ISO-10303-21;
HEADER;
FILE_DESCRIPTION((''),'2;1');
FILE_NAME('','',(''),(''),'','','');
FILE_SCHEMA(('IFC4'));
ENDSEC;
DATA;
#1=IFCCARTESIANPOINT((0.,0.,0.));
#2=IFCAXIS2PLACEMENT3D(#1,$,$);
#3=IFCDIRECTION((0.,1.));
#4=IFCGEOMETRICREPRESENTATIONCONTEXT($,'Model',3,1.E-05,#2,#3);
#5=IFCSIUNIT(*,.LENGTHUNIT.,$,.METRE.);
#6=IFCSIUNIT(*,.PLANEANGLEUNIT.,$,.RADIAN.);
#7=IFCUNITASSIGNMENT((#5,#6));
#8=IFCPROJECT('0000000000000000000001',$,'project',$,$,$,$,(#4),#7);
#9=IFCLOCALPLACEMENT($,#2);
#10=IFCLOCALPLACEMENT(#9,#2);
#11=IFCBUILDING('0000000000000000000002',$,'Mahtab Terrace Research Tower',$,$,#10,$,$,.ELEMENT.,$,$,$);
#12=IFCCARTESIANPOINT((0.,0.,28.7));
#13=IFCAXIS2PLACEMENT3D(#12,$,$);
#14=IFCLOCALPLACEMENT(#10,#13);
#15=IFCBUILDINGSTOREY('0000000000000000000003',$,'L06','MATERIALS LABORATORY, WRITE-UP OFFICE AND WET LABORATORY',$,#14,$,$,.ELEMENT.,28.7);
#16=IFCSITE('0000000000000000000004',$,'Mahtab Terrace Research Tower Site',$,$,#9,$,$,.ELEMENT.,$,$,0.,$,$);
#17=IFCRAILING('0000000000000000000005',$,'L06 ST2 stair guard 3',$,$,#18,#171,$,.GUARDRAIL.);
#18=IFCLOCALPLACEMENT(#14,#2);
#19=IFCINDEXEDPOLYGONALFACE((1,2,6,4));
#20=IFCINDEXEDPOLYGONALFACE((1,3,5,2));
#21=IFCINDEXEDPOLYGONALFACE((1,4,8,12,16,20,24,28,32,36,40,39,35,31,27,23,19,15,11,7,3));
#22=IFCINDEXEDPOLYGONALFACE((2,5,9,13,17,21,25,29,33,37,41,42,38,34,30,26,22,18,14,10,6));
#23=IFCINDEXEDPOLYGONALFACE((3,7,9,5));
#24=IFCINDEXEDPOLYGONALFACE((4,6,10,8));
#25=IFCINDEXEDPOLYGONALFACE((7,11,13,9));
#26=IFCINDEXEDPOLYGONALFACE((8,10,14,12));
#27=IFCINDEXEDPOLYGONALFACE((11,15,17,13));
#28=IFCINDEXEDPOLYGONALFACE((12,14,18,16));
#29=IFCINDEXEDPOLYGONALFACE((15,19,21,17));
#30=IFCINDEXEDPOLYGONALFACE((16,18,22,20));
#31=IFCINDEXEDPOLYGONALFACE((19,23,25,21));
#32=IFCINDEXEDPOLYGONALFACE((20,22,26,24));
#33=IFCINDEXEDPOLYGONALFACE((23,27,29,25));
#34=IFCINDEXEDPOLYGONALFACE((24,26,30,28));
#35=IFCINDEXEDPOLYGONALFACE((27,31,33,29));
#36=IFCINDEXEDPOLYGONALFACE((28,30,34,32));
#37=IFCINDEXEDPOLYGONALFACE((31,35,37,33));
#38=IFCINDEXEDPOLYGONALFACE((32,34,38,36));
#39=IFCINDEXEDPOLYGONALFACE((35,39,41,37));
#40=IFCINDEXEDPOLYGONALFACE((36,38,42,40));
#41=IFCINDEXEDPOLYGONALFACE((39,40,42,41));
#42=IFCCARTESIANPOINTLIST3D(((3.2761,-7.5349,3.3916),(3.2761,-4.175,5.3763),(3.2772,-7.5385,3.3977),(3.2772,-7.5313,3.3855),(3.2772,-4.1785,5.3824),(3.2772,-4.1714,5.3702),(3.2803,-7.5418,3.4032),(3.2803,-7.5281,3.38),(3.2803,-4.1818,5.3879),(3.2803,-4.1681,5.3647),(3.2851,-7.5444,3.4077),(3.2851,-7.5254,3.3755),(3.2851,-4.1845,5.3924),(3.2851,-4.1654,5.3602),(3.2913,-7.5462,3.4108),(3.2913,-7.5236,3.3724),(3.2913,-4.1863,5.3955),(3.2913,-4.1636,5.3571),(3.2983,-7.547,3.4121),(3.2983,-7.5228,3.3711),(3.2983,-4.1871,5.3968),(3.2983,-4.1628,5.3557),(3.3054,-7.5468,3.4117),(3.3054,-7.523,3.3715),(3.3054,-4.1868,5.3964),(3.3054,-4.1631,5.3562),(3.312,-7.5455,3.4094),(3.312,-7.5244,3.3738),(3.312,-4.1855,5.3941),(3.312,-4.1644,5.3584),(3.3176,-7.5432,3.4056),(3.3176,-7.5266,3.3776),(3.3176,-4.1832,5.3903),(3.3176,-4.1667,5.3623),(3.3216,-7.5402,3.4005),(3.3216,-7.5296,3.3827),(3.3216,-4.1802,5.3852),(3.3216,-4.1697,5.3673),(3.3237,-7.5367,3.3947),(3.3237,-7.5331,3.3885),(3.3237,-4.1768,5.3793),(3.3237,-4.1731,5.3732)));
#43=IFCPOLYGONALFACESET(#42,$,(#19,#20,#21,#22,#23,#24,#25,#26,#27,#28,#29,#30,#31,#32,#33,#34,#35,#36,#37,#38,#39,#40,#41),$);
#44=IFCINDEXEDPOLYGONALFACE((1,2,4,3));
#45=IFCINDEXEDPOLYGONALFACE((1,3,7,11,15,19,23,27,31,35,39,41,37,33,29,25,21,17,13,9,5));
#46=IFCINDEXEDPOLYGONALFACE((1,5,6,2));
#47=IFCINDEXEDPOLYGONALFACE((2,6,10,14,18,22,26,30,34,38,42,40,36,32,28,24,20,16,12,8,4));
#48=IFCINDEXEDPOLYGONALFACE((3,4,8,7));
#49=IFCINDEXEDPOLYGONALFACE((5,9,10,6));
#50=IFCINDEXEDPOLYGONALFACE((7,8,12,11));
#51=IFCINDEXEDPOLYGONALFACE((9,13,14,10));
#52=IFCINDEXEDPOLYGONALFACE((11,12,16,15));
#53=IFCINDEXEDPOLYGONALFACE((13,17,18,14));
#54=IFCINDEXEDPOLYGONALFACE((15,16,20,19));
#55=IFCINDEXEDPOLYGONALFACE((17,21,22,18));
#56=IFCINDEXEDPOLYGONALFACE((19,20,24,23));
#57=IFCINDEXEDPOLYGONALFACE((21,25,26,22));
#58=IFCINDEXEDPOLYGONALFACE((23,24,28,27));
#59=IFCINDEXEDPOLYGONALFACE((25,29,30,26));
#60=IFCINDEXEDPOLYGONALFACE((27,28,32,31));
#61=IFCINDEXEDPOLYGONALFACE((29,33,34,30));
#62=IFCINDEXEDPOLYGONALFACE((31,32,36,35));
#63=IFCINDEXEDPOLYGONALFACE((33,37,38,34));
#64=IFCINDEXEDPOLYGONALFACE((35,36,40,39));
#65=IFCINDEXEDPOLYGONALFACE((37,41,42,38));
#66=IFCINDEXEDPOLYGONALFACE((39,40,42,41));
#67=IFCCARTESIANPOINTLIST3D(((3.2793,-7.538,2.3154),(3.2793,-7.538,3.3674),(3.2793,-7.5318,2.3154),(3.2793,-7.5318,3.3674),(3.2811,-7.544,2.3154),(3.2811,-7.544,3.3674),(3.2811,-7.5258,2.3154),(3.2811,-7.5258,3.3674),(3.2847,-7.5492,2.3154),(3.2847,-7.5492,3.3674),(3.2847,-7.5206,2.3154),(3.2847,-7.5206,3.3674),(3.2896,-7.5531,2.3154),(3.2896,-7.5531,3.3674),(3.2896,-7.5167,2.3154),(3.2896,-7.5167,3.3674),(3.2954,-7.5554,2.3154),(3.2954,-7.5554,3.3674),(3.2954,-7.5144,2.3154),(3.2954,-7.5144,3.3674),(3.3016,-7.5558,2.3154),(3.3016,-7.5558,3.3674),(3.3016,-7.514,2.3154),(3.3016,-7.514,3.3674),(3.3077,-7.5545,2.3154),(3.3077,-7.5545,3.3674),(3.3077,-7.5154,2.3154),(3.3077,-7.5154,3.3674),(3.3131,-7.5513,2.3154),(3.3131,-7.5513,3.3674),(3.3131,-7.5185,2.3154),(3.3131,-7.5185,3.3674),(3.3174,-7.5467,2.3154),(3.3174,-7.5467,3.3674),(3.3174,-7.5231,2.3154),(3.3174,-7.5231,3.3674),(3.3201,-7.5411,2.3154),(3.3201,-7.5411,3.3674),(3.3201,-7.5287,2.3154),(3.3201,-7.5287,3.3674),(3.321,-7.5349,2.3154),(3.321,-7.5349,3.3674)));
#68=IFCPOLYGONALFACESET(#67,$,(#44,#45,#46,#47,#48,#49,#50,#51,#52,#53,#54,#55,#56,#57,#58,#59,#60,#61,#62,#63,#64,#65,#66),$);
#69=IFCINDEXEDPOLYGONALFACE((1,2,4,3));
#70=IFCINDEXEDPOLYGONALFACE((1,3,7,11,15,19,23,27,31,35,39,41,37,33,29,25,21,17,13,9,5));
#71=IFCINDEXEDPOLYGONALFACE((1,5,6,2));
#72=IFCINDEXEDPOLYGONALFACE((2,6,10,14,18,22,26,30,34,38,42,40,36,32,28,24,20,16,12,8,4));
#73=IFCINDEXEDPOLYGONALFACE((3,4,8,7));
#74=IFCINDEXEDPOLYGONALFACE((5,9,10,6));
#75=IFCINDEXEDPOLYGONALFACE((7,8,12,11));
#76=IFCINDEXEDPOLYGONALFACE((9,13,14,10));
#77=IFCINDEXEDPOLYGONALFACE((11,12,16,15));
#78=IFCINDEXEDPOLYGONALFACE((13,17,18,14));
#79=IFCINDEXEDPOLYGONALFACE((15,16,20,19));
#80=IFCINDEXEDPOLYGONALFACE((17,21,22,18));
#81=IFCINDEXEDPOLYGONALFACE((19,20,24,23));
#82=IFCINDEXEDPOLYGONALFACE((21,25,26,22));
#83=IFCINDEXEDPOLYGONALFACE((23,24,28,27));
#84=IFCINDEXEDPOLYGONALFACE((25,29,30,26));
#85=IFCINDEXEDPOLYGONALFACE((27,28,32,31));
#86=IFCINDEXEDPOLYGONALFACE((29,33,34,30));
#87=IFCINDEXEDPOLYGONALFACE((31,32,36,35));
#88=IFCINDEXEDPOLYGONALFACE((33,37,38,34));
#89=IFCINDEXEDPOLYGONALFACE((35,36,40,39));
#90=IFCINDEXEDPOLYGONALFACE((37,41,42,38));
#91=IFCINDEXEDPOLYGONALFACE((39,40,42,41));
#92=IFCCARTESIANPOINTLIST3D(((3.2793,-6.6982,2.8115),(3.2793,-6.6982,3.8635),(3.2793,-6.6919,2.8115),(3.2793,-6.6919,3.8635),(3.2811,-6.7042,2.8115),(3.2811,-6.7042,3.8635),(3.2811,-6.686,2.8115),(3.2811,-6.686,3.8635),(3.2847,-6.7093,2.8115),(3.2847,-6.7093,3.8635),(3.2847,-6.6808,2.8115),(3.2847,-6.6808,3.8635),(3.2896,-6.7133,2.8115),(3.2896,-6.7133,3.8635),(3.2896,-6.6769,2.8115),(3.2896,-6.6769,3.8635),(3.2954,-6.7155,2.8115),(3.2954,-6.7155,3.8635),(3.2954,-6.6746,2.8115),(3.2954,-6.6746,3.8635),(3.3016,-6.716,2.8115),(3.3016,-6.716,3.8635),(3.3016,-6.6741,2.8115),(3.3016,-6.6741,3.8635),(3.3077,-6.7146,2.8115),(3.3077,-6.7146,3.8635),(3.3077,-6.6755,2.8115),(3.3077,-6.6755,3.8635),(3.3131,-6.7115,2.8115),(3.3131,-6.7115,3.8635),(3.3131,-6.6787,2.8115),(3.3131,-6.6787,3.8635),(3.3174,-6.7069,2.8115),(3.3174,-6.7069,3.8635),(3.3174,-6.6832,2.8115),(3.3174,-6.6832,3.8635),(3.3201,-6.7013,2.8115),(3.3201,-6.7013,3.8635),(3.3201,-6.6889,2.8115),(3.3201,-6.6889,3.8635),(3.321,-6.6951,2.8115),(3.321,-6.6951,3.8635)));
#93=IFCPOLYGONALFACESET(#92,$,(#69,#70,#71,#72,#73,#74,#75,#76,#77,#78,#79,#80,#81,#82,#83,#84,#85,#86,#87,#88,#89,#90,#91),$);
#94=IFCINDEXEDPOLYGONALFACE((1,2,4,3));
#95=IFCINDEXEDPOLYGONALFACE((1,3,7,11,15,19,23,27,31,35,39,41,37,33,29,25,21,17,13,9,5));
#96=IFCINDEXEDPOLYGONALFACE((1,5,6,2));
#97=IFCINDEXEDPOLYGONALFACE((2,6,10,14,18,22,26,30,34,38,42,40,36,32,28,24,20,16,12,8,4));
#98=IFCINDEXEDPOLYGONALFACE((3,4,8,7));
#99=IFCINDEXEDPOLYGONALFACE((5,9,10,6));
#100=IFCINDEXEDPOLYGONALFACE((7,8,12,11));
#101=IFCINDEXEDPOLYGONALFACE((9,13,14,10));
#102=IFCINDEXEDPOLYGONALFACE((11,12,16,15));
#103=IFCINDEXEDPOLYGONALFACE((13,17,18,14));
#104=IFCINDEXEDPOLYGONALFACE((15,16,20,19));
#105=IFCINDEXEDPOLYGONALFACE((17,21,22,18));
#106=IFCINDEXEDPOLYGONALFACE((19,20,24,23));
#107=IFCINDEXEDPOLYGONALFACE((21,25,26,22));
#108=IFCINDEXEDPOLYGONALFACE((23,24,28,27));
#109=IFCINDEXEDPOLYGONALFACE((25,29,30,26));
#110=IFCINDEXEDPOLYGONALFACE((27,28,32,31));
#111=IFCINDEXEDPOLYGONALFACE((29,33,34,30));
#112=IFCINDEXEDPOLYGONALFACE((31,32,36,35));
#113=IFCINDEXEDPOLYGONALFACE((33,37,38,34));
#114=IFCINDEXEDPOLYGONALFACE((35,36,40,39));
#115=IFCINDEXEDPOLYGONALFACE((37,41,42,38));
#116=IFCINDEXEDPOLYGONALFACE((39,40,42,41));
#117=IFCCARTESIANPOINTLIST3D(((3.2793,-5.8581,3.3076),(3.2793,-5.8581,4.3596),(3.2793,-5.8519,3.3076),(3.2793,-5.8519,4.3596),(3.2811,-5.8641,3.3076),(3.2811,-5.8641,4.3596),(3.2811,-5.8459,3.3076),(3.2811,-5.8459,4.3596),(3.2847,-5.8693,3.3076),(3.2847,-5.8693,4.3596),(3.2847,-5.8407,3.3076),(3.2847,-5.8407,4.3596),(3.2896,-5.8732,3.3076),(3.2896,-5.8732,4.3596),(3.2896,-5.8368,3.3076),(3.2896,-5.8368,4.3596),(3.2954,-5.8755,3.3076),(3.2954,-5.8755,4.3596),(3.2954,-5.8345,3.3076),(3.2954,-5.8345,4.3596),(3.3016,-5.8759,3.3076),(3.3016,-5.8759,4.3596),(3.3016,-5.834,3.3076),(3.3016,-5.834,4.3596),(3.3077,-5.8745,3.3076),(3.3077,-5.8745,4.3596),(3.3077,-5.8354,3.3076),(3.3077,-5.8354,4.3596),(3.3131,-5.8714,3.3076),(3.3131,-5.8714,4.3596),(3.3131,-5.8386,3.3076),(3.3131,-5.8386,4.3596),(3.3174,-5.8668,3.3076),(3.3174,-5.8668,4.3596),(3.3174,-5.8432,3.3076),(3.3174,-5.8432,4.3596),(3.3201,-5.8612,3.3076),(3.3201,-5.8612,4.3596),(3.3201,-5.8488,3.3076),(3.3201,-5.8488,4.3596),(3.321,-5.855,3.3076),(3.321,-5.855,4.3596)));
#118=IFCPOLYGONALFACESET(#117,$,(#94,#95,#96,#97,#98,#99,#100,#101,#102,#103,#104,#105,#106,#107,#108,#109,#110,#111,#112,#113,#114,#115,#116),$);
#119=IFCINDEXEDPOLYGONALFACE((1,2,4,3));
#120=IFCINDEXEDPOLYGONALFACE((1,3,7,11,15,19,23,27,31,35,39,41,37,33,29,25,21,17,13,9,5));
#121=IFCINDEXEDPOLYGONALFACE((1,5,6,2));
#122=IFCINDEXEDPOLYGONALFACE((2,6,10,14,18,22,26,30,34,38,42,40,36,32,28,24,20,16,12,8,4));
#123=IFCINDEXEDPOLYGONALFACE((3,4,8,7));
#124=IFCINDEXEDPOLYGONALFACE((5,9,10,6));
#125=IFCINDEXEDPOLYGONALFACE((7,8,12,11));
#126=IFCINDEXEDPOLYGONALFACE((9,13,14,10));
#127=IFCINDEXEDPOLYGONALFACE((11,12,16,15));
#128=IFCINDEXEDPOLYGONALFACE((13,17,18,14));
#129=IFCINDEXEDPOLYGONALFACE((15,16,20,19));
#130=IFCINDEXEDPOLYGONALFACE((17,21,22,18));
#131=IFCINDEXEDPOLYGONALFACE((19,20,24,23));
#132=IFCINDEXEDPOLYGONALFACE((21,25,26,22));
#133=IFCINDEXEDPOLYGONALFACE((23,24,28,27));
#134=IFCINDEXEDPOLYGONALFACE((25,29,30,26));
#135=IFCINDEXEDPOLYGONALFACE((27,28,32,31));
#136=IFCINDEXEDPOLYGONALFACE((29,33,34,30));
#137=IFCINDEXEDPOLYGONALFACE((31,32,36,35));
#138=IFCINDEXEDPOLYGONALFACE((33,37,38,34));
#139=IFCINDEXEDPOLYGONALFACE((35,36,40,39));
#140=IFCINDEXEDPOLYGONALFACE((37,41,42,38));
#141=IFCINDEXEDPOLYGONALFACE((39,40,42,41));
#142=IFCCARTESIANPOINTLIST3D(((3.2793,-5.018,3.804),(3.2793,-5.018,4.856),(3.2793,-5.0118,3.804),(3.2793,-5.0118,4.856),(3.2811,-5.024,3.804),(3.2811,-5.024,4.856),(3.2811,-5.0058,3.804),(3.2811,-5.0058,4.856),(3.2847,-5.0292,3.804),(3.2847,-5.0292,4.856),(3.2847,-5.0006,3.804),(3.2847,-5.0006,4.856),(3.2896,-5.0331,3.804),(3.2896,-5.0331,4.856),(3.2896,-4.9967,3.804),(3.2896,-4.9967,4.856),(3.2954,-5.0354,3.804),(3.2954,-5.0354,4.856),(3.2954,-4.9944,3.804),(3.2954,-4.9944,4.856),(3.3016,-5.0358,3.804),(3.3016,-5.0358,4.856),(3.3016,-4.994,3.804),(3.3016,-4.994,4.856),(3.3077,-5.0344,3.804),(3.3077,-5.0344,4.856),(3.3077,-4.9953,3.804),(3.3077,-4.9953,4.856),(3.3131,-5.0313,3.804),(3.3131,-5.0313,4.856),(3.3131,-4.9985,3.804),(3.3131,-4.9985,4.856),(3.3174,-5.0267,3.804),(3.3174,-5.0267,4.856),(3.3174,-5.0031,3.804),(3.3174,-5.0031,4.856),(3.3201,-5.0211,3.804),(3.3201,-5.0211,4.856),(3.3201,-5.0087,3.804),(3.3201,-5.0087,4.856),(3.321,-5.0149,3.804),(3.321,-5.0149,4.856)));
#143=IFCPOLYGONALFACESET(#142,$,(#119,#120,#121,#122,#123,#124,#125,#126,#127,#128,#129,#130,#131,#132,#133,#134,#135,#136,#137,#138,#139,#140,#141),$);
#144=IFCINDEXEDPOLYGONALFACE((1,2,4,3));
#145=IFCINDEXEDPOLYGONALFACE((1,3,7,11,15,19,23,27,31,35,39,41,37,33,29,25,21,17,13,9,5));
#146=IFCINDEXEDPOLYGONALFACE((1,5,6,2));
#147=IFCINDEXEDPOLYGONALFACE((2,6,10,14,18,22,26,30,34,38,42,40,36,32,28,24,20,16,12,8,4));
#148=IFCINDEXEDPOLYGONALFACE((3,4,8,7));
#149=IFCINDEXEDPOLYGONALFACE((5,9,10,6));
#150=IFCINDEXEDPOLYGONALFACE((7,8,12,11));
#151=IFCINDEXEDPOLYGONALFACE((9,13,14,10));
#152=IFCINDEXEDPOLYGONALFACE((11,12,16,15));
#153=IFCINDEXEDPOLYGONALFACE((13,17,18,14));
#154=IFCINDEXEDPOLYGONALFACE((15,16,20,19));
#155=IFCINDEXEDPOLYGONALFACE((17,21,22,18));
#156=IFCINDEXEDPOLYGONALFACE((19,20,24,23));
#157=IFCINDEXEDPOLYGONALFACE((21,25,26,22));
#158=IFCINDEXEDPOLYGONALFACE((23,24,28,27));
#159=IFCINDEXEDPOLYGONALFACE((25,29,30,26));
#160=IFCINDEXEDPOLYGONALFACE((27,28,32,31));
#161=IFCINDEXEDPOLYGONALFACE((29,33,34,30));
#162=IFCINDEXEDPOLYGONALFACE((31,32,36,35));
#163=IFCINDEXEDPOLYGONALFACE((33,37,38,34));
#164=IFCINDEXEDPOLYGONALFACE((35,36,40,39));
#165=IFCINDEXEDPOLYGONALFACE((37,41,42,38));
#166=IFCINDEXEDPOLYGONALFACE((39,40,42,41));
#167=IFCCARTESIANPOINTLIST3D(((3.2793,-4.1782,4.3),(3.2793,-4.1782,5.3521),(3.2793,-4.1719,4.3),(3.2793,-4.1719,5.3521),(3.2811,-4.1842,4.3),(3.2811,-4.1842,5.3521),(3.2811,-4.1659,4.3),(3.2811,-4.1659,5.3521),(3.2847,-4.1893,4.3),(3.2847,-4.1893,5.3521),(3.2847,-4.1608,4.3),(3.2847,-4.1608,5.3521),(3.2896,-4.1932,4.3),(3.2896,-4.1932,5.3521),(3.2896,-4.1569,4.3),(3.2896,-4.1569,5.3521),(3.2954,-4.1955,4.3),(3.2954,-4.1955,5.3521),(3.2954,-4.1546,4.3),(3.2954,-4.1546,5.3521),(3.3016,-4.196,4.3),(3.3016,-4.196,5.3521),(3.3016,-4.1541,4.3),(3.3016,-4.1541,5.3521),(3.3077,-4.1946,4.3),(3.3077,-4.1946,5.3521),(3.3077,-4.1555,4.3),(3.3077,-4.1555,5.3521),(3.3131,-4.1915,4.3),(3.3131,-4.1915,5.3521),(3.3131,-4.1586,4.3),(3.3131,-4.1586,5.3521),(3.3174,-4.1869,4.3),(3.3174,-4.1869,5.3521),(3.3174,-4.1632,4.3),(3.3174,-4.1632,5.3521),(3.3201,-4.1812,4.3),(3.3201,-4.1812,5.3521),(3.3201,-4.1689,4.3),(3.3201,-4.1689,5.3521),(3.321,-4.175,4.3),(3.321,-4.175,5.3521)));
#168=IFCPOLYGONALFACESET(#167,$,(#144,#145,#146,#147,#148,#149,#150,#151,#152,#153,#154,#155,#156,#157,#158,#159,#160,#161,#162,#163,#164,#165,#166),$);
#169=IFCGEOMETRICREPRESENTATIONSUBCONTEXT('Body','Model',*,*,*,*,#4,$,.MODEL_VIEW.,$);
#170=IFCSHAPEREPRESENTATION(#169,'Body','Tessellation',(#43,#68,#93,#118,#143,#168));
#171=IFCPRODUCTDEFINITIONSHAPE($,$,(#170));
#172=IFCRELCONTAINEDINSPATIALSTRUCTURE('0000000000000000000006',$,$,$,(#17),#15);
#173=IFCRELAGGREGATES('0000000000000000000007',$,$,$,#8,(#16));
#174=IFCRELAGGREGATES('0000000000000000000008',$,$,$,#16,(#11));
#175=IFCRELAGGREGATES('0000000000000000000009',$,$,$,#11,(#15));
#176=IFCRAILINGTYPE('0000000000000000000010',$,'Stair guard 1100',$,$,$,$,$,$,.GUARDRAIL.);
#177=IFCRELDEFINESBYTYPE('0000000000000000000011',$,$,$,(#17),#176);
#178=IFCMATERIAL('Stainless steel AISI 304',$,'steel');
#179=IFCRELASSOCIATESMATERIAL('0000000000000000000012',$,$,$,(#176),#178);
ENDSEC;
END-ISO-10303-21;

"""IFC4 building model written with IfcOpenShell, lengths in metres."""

from ifc_helpers import new_model, si_unit, direction, frame, origin, origin_2d, place, context, subcontext, project, spatial, circle, extrude, material, type_object, element, save


model = new_model("IFC4")

# Units and contexts
model_context = context("Model", 3, precision=1e-05, world=origin(), true_north=direction((0.0, 1.0)))
body_context = subcontext(model_context, "Body", "Model", "MODEL_VIEW")
ifc_project = project(units=[si_unit("LENGTHUNIT", "METRE"), si_unit("PLANEANGLEUNIT", "RADIAN")], contexts=[model_context])

# Site, building, storey
site_placement = place(None, origin())
site = spatial("IfcSite", under=ifc_project, at=site_placement, Name="Mahtab Terrace Research Tower Site", CompositionType="ELEMENT", RefElevation=0.0)
building_placement = place(site_placement, origin())
building = spatial("IfcBuilding", under=site, at=building_placement, Name="Mahtab Terrace Research Tower", CompositionType="ELEMENT")
storey_placement = place(building_placement, frame((0.0, 0.0, 28.7)))
storey = spatial("IfcBuildingStorey", under=building, at=storey_placement, Name="L06", Description="MATERIALS LABORATORY, WRITE-UP OFFICE AND WET LABORATORY", CompositionType="ELEMENT", Elevation=28.7)

# Railing
ifc_material_1 = material(Name="Stainless steel AISI 304", Category="steel")
railing_type_1 = type_object("IfcRailingType", Name="Stair guard 1100", PredefinedType="GUARDRAIL", material=ifc_material_1)
railing_1_placement = place(storey_placement, frame((3.3, -7.5349, 2.3154)))
element("IfcRailing", 1, at=railing_1_placement, inside=storey, type_object=railing_type_1, Name="L06 ST2 stair guard 3", PredefinedType="GUARDRAIL", context=body_context, shape_type="SweptSolid", body=[
    extrude(circle(Radius=0.0239, at=origin_2d()), frame((0.0, 0.0, 1.0762), z_axis=(0.0, 0.861011, 0.508586), x_axis=(-1.0, 0.0, 0.0)), (0.0, 0.0, 1.0), 3.9023),
    extrude(circle(Radius=0.021, at=origin_2d()), origin(), (0.0, 0.0, 1.0), 1.052),
    extrude(circle(Radius=0.021, at=origin_2d()), frame((0.0, 0.8398, 0.4961)), (0.0, 0.0, 1.0), 1.052),
    extrude(circle(Radius=0.021, at=origin_2d()), frame((0.0, 1.6799, 0.9922)), (0.0, 0.0, 1.0), 1.052),
    extrude(circle(Radius=0.021, at=origin_2d()), frame((0.0, 2.52, 1.4885)), (0.0, 0.0, 1.0), 1.052),
    extrude(circle(Radius=0.021, at=origin_2d()), frame((0.0, 3.3599, 1.9846)), (0.0, 0.0, 1.0), 1.052),
])

save(model, "model.ifc")
